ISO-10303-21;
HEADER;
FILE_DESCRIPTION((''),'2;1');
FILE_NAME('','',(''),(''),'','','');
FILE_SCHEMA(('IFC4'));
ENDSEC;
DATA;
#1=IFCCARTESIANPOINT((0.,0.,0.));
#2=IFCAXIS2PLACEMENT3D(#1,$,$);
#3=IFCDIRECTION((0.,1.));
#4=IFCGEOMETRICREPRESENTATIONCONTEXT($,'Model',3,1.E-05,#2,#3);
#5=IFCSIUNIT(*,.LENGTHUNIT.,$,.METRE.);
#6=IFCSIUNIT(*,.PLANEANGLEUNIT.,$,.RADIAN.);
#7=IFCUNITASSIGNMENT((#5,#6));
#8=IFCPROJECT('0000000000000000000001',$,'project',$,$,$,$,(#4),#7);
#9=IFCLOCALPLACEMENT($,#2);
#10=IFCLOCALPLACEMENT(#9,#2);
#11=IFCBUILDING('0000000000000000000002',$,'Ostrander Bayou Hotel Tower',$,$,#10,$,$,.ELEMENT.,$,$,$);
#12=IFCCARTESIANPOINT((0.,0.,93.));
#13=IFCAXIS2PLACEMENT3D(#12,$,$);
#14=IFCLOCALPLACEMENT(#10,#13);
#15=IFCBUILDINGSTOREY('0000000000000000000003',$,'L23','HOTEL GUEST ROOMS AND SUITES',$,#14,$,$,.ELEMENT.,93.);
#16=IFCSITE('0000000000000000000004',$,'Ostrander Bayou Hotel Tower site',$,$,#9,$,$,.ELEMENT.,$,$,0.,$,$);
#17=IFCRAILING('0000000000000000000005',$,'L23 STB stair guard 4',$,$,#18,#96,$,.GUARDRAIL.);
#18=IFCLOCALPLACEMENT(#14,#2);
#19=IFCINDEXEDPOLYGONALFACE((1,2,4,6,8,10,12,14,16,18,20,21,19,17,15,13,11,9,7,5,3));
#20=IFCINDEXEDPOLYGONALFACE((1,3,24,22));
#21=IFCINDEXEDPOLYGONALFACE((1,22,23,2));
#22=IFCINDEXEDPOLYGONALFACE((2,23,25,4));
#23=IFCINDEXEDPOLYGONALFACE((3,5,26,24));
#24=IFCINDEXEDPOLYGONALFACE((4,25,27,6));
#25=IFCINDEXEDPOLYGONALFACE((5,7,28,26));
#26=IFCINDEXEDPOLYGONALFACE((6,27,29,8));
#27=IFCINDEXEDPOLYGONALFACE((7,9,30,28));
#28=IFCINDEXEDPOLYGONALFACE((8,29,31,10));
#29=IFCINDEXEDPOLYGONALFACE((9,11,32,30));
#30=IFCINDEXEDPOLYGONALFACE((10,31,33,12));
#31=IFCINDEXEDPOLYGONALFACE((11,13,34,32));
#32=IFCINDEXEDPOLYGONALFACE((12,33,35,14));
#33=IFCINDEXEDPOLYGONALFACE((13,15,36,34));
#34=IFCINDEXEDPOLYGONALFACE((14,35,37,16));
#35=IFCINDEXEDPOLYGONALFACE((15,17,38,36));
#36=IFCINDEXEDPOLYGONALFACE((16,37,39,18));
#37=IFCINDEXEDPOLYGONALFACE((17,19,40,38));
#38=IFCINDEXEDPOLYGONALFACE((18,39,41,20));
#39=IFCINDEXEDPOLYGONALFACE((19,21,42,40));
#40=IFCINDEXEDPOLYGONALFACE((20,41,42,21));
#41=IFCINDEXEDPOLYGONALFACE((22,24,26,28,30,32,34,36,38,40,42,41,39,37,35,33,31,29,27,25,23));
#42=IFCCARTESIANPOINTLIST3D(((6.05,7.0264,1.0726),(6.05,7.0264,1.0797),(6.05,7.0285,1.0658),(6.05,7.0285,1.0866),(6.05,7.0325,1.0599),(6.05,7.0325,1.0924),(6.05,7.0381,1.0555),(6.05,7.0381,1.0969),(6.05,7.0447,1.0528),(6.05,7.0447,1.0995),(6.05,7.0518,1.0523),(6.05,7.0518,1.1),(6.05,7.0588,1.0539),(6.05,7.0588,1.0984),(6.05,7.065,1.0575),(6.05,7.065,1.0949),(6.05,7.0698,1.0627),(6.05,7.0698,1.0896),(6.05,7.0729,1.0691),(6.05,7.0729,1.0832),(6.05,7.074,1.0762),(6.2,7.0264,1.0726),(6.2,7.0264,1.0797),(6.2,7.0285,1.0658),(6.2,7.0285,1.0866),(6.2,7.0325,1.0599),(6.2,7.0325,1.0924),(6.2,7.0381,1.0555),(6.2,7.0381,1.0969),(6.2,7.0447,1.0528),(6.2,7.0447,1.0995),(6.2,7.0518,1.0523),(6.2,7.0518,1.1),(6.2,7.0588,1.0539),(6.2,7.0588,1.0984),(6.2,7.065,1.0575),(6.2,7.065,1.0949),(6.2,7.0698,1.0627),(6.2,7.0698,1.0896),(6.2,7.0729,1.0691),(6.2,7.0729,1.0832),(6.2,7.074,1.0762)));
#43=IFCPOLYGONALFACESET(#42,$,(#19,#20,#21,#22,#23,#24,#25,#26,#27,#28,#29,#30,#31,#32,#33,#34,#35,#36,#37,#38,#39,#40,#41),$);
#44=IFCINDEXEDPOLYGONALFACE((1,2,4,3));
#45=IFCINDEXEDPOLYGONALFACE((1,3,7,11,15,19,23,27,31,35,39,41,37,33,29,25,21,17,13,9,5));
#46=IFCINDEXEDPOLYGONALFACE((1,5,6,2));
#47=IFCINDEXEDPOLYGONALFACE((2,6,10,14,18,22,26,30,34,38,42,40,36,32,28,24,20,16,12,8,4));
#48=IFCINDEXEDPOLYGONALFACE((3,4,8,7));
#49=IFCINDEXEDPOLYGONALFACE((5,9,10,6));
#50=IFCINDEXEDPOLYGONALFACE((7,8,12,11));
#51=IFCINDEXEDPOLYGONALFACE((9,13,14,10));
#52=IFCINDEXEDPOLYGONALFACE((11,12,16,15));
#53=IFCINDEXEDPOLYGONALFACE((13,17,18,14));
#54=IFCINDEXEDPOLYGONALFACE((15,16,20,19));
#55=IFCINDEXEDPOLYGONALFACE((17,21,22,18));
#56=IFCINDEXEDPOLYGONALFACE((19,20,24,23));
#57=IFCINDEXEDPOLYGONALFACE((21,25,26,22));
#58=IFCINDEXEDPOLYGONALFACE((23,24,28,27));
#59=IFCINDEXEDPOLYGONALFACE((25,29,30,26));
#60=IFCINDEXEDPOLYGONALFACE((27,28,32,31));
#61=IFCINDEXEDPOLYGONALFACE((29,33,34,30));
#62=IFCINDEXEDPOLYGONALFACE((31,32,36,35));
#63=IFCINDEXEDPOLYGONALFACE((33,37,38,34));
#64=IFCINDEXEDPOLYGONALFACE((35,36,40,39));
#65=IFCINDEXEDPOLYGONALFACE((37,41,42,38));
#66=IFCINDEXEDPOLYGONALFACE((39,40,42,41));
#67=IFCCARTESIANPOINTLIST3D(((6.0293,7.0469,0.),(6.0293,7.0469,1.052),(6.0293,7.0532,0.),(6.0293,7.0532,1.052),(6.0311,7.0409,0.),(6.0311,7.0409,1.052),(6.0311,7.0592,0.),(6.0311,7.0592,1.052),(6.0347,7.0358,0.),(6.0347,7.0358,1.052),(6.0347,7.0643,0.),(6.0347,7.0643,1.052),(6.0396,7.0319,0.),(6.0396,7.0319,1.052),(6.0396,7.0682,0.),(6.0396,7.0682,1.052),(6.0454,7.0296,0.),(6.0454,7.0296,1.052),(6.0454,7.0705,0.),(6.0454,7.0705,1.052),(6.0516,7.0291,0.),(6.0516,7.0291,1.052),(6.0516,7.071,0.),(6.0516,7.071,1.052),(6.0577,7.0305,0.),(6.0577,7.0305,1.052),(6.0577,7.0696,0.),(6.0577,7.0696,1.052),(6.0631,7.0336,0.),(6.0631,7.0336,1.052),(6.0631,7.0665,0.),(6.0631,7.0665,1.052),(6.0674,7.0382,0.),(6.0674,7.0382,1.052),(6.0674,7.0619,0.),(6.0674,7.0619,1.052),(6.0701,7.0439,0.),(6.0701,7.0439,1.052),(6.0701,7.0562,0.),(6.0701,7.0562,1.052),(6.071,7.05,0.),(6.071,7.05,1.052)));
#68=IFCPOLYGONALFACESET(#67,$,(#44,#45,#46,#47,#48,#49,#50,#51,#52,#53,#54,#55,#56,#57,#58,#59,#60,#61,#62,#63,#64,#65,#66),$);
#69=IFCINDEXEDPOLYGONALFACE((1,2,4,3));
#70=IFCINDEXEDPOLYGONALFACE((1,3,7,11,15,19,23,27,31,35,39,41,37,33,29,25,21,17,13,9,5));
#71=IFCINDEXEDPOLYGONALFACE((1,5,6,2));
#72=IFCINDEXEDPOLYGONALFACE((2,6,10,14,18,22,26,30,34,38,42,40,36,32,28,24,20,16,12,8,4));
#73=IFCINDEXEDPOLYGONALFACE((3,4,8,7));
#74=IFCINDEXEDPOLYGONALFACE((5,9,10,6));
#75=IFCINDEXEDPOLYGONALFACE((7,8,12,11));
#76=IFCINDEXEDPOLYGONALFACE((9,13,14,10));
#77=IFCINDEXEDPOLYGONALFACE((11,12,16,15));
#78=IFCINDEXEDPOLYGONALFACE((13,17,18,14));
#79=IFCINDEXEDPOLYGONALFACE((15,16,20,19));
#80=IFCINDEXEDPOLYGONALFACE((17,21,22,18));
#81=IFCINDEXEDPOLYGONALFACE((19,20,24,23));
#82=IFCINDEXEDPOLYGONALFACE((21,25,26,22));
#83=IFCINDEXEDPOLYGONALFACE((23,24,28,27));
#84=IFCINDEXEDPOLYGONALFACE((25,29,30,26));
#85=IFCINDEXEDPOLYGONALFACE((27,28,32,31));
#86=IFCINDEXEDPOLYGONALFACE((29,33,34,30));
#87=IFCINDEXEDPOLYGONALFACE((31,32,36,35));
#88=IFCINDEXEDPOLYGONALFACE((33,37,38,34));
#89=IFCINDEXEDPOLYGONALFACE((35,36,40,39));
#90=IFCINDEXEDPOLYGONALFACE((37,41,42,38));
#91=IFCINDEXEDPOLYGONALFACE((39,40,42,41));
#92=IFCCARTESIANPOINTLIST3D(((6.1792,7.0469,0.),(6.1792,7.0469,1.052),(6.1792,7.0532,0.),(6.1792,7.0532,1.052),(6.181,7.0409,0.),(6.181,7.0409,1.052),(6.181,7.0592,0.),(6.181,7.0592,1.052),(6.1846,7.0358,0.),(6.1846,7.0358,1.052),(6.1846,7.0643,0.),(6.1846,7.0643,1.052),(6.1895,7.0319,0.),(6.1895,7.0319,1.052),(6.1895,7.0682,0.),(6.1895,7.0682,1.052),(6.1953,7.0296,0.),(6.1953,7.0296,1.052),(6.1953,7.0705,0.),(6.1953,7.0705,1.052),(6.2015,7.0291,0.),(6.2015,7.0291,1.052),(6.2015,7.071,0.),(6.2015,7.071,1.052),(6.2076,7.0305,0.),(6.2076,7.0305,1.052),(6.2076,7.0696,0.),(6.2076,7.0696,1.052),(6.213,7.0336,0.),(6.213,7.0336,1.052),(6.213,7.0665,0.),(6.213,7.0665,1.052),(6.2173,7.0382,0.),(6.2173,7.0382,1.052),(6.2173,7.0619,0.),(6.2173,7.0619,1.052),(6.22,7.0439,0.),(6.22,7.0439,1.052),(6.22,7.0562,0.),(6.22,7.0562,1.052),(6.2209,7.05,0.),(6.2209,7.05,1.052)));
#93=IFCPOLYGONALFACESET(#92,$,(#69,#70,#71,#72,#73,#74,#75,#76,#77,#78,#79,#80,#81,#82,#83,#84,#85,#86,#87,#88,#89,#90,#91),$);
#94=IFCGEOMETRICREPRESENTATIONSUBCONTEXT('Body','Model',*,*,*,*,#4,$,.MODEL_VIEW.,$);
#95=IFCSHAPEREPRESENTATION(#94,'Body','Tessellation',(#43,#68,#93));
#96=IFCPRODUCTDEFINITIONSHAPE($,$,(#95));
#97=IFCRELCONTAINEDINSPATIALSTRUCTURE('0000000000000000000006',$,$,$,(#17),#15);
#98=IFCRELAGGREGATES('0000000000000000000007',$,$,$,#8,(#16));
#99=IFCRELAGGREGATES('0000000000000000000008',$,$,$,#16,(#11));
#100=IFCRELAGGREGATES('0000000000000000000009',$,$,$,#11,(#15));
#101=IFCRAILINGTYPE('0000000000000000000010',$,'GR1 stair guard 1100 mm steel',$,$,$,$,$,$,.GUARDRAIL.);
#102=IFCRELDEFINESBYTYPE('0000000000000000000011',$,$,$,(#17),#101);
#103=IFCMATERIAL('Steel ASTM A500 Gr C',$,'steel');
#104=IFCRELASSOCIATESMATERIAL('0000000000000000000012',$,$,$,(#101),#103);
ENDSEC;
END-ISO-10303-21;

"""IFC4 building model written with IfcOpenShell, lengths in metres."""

from ifc_helpers import new_model, si_unit, direction, frame, origin, origin_2d, place, context, subcontext, project, spatial, circle, extrude, material, type_object, element, save


model = new_model("IFC4")

# Units and contexts
model_context = context("Model", 3, precision=1e-05, world=origin(), true_north=direction((0.0, 1.0)))
body_context = subcontext(model_context, "Body", "Model", "MODEL_VIEW")
ifc_project = project(units=[si_unit("LENGTHUNIT", "METRE"), si_unit("PLANEANGLEUNIT", "RADIAN")], contexts=[model_context])

# Site, building, storey
site_placement = place(None, origin())
site = spatial("IfcSite", under=ifc_project, at=site_placement, Name="Ostrander Bayou Hotel Tower site", CompositionType="ELEMENT", RefElevation=0.0)
building_placement = place(site_placement, origin())
building = spatial("IfcBuilding", under=site, at=building_placement, Name="Ostrander Bayou Hotel Tower", CompositionType="ELEMENT")
storey_placement = place(building_placement, frame((0.0, 0.0, 93.0)))
storey = spatial("IfcBuildingStorey", under=building, at=storey_placement, Name="L23", Description="HOTEL GUEST ROOMS AND SUITES", CompositionType="ELEMENT", Elevation=93.0)

# Railing
ifc_material_1 = material(Name="Steel ASTM A500 Gr C", Category="steel")
railing_type_1 = type_object("IfcRailingType", Name="GR1 stair guard 1100 mm steel", PredefinedType="GUARDRAIL", material=ifc_material_1)
railing_1_placement = place(storey_placement, frame((6.05, 7.05, 0.0)))
element("IfcRailing", 1, at=railing_1_placement, inside=storey, type_object=railing_type_1, Name="L23 STB stair guard 4", PredefinedType="GUARDRAIL", context=body_context, shape_type="SweptSolid", body=[
    extrude(circle(Radius=0.0239, at=origin_2d()), frame((0.0, 0.0, 1.0762), z_axis=(1.0, 0.0, 0.0), x_axis=(0.0, 1.0, 0.0)), (0.0, 0.0, 1.0), 0.1499),
    extrude(circle(Radius=0.021, at=origin_2d()), origin(), (0.0, 0.0, 1.0), 1.052),
    extrude(circle(Radius=0.021, at=origin_2d()), frame((0.1499, 0.0, 0.0)), (0.0, 0.0, 1.0), 1.052),
])

save(model, "model.ifc")
